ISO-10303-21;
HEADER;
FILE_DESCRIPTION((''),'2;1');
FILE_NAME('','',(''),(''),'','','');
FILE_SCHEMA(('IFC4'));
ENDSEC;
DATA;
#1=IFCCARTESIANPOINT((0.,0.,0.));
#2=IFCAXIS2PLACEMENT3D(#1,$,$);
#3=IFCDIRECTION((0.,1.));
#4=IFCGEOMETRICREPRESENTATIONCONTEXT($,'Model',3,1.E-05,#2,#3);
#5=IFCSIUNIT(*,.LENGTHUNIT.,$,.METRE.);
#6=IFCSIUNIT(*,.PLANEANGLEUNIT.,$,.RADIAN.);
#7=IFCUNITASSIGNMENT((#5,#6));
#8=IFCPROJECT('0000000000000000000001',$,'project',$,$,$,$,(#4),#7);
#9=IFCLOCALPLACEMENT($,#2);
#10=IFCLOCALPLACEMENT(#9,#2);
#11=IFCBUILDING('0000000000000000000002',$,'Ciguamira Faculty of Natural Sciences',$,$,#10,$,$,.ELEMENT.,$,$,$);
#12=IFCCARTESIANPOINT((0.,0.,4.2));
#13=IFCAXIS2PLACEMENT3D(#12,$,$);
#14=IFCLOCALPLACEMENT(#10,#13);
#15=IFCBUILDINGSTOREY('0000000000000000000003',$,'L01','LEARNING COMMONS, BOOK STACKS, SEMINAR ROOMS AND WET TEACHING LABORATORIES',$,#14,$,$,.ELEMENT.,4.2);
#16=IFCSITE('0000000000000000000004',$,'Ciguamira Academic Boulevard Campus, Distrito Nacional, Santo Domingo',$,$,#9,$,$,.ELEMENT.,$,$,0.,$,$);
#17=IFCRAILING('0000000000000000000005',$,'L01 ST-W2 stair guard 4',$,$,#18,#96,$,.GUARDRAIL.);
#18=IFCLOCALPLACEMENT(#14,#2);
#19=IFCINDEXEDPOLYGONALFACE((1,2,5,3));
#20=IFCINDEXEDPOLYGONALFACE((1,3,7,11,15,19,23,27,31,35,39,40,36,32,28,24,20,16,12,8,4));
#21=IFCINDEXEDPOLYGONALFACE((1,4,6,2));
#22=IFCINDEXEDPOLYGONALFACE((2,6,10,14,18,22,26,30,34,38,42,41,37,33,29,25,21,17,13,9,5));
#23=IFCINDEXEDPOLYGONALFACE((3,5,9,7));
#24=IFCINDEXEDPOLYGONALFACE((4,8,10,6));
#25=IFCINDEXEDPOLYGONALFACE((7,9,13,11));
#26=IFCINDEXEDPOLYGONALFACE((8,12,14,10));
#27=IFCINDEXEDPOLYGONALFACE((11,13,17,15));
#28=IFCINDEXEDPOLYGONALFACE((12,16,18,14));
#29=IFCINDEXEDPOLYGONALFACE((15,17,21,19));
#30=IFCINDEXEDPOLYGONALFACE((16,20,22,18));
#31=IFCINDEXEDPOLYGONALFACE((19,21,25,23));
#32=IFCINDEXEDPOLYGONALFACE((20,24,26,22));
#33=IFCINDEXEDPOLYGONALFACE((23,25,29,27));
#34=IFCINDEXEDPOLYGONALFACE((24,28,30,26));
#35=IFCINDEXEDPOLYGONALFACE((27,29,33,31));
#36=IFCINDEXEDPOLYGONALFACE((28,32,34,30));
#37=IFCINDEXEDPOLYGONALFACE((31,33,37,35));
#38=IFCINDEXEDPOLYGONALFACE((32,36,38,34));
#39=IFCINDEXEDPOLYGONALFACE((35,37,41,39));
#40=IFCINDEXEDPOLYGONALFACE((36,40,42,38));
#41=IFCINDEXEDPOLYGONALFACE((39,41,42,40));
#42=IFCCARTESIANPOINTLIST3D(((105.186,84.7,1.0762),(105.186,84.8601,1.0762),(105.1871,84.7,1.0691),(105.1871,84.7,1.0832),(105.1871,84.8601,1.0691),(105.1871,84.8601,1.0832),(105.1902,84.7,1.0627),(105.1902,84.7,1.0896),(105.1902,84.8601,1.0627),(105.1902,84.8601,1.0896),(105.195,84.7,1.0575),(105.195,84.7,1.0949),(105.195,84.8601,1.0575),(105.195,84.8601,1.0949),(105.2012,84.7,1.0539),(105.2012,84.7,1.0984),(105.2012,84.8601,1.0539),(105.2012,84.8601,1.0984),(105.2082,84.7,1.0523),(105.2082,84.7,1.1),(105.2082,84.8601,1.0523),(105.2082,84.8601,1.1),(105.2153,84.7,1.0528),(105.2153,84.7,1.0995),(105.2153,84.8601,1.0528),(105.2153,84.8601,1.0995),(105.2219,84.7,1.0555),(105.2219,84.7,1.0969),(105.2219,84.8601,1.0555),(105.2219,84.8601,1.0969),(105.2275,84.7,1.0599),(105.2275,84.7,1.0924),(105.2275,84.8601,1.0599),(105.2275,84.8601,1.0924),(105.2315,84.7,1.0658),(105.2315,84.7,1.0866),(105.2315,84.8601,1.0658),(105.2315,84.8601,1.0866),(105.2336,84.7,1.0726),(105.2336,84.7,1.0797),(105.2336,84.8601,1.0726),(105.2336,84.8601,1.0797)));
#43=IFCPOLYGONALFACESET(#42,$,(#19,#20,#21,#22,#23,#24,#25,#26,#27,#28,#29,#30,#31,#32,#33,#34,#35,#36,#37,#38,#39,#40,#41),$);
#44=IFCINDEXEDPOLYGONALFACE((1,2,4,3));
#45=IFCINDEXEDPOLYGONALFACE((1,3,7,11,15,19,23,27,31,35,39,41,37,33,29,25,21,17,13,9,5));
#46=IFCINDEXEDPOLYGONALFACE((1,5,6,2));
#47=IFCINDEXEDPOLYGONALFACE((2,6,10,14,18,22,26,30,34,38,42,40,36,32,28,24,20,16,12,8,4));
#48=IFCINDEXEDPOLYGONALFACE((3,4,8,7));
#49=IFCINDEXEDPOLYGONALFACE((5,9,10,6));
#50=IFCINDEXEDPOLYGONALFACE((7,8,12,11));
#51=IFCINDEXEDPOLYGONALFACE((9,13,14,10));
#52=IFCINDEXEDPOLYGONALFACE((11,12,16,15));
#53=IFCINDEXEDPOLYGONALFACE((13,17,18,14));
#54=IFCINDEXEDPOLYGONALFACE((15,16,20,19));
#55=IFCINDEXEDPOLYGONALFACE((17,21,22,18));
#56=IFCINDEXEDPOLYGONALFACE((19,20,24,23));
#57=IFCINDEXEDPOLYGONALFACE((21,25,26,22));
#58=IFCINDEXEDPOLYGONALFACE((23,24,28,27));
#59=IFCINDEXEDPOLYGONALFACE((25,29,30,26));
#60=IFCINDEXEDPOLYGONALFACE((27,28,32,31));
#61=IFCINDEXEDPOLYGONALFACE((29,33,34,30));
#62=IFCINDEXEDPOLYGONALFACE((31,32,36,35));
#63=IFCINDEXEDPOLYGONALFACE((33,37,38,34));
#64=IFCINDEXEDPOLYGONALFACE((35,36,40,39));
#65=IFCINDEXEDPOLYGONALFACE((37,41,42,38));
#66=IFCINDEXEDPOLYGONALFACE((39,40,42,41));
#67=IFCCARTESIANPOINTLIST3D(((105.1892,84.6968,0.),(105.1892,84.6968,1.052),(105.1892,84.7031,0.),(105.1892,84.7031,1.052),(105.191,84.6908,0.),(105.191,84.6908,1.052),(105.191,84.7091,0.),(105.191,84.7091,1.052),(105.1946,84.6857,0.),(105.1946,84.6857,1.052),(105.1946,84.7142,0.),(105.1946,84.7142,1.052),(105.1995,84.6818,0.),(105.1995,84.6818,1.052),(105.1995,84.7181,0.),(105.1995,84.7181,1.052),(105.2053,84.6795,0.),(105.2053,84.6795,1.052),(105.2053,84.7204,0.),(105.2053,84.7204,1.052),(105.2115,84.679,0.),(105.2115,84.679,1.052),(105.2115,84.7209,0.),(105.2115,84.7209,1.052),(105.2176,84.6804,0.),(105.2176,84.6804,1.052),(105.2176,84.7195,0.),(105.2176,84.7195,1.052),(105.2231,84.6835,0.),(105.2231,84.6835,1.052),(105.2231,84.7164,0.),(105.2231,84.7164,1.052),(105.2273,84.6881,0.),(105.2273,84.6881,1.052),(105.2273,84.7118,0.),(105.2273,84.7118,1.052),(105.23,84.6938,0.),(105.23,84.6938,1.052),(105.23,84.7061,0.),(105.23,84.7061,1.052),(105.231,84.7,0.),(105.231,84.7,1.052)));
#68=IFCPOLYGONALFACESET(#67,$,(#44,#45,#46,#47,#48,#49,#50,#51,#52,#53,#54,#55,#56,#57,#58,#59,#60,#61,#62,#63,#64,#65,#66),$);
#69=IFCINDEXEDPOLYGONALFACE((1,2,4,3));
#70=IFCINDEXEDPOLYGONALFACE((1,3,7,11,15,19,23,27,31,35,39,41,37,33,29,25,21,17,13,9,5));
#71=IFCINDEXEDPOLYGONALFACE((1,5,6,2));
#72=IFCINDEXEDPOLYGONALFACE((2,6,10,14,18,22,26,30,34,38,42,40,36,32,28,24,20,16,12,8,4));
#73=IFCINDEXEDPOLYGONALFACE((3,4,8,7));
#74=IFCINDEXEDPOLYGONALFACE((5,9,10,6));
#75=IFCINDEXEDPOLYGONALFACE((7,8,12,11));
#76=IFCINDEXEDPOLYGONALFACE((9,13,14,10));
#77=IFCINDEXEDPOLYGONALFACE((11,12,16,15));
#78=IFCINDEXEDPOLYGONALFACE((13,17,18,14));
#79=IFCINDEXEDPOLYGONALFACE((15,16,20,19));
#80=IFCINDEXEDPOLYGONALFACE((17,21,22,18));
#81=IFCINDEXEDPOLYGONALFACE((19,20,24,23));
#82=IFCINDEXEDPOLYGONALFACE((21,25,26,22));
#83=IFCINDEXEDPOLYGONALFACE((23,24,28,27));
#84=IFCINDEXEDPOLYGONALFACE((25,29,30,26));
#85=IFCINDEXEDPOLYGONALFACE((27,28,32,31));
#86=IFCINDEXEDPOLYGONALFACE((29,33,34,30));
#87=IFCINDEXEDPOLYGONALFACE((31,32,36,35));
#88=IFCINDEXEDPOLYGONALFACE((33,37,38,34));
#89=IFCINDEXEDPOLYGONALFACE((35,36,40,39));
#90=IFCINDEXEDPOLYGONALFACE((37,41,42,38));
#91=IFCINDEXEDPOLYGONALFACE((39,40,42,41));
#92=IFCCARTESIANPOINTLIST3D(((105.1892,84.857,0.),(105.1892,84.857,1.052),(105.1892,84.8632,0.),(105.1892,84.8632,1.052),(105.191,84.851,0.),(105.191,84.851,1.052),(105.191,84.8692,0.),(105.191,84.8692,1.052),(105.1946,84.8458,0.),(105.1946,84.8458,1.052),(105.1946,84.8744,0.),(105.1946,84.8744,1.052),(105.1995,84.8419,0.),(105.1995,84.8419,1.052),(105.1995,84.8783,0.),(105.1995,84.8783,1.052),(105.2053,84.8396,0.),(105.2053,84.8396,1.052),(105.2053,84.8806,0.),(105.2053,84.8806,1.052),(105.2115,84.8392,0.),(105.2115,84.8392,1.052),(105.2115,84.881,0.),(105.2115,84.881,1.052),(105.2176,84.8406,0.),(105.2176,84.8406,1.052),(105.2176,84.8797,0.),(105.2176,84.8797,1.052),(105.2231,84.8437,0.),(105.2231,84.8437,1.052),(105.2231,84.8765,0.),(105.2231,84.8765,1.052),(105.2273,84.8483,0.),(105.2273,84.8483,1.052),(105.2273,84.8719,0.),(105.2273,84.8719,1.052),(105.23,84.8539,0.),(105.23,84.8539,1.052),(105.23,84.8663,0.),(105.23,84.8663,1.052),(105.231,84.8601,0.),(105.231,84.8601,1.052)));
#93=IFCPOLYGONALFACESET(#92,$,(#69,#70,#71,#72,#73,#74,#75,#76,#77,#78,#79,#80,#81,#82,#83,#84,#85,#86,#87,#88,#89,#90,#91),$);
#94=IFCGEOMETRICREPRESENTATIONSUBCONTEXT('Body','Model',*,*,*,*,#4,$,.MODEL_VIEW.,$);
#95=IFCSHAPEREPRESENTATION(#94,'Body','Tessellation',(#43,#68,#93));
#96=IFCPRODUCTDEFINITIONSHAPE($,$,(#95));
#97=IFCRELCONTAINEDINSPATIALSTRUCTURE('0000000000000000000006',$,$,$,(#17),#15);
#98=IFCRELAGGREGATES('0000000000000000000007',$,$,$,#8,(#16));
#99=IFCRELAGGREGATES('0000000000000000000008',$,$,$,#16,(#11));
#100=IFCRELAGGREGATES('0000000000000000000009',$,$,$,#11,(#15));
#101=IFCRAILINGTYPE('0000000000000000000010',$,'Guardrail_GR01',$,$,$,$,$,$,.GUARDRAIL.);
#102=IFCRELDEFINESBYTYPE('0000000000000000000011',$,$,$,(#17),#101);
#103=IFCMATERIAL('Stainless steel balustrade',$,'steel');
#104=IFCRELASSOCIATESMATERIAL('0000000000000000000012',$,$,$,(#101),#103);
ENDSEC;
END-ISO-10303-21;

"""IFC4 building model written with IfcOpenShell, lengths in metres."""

from ifc_helpers import new_model, si_unit, direction, frame, origin, origin_2d, place, context, subcontext, project, spatial, circle, extrude, material, type_object, element, save


model = new_model("IFC4")

# Units and contexts
model_context = context("Model", 3, precision=1e-05, world=origin(), true_north=direction((0.0, 1.0)))
body_context = subcontext(model_context, "Body", "Model", "MODEL_VIEW")
ifc_project = project(units=[si_unit("LENGTHUNIT", "METRE"), si_unit("PLANEANGLEUNIT", "RADIAN")], contexts=[model_context])

# Site, building, storey
site_placement = place(None, origin())
site = spatial("IfcSite", under=ifc_project, at=site_placement, Name="Ciguamira Academic Boulevard Campus, Distrito Nacional, Santo Domingo", CompositionType="ELEMENT", RefElevation=0.0)
building_placement = place(site_placement, origin())
building = spatial("IfcBuilding", under=site, at=building_placement, Name="Ciguamira Faculty of Natural Sciences", CompositionType="ELEMENT")
storey_placement = place(building_placement, frame((0.0, 0.0, 4.2)))
storey = spatial("IfcBuildingStorey", under=building, at=storey_placement, Name="L01", Description="LEARNING COMMONS, BOOK STACKS, SEMINAR ROOMS AND WET TEACHING LABORATORIES", CompositionType="ELEMENT", Elevation=4.2)

# Railing
ifc_material_1 = material(Name="Stainless steel balustrade", Category="steel")
railing_type_1 = type_object("IfcRailingType", Name="Guardrail_GR01", PredefinedType="GUARDRAIL", material=ifc_material_1)
railing_1_placement = place(storey_placement, frame((105.21, 84.7, 0.0)))
element("IfcRailing", 1, at=railing_1_placement, inside=storey, type_object=railing_type_1, Name="L01 ST-W2 stair guard 4", PredefinedType="GUARDRAIL", context=body_context, shape_type="SweptSolid", body=[
    extrude(circle(Radius=0.0239, at=origin_2d()), frame((0.0, 0.0, 1.0762), z_axis=(0.0, 1.0, 0.0), x_axis=(-1.0, 0.0, 0.0)), (0.0, 0.0, 1.0), 0.1602),
    extrude(circle(Radius=0.021, at=origin_2d()), origin(), (0.0, 0.0, 1.0), 1.052),
    extrude(circle(Radius=0.021, at=origin_2d()), frame((0.0, 0.1602, 0.0)), (0.0, 0.0, 1.0), 1.052),
])

save(model, "model.ifc")
